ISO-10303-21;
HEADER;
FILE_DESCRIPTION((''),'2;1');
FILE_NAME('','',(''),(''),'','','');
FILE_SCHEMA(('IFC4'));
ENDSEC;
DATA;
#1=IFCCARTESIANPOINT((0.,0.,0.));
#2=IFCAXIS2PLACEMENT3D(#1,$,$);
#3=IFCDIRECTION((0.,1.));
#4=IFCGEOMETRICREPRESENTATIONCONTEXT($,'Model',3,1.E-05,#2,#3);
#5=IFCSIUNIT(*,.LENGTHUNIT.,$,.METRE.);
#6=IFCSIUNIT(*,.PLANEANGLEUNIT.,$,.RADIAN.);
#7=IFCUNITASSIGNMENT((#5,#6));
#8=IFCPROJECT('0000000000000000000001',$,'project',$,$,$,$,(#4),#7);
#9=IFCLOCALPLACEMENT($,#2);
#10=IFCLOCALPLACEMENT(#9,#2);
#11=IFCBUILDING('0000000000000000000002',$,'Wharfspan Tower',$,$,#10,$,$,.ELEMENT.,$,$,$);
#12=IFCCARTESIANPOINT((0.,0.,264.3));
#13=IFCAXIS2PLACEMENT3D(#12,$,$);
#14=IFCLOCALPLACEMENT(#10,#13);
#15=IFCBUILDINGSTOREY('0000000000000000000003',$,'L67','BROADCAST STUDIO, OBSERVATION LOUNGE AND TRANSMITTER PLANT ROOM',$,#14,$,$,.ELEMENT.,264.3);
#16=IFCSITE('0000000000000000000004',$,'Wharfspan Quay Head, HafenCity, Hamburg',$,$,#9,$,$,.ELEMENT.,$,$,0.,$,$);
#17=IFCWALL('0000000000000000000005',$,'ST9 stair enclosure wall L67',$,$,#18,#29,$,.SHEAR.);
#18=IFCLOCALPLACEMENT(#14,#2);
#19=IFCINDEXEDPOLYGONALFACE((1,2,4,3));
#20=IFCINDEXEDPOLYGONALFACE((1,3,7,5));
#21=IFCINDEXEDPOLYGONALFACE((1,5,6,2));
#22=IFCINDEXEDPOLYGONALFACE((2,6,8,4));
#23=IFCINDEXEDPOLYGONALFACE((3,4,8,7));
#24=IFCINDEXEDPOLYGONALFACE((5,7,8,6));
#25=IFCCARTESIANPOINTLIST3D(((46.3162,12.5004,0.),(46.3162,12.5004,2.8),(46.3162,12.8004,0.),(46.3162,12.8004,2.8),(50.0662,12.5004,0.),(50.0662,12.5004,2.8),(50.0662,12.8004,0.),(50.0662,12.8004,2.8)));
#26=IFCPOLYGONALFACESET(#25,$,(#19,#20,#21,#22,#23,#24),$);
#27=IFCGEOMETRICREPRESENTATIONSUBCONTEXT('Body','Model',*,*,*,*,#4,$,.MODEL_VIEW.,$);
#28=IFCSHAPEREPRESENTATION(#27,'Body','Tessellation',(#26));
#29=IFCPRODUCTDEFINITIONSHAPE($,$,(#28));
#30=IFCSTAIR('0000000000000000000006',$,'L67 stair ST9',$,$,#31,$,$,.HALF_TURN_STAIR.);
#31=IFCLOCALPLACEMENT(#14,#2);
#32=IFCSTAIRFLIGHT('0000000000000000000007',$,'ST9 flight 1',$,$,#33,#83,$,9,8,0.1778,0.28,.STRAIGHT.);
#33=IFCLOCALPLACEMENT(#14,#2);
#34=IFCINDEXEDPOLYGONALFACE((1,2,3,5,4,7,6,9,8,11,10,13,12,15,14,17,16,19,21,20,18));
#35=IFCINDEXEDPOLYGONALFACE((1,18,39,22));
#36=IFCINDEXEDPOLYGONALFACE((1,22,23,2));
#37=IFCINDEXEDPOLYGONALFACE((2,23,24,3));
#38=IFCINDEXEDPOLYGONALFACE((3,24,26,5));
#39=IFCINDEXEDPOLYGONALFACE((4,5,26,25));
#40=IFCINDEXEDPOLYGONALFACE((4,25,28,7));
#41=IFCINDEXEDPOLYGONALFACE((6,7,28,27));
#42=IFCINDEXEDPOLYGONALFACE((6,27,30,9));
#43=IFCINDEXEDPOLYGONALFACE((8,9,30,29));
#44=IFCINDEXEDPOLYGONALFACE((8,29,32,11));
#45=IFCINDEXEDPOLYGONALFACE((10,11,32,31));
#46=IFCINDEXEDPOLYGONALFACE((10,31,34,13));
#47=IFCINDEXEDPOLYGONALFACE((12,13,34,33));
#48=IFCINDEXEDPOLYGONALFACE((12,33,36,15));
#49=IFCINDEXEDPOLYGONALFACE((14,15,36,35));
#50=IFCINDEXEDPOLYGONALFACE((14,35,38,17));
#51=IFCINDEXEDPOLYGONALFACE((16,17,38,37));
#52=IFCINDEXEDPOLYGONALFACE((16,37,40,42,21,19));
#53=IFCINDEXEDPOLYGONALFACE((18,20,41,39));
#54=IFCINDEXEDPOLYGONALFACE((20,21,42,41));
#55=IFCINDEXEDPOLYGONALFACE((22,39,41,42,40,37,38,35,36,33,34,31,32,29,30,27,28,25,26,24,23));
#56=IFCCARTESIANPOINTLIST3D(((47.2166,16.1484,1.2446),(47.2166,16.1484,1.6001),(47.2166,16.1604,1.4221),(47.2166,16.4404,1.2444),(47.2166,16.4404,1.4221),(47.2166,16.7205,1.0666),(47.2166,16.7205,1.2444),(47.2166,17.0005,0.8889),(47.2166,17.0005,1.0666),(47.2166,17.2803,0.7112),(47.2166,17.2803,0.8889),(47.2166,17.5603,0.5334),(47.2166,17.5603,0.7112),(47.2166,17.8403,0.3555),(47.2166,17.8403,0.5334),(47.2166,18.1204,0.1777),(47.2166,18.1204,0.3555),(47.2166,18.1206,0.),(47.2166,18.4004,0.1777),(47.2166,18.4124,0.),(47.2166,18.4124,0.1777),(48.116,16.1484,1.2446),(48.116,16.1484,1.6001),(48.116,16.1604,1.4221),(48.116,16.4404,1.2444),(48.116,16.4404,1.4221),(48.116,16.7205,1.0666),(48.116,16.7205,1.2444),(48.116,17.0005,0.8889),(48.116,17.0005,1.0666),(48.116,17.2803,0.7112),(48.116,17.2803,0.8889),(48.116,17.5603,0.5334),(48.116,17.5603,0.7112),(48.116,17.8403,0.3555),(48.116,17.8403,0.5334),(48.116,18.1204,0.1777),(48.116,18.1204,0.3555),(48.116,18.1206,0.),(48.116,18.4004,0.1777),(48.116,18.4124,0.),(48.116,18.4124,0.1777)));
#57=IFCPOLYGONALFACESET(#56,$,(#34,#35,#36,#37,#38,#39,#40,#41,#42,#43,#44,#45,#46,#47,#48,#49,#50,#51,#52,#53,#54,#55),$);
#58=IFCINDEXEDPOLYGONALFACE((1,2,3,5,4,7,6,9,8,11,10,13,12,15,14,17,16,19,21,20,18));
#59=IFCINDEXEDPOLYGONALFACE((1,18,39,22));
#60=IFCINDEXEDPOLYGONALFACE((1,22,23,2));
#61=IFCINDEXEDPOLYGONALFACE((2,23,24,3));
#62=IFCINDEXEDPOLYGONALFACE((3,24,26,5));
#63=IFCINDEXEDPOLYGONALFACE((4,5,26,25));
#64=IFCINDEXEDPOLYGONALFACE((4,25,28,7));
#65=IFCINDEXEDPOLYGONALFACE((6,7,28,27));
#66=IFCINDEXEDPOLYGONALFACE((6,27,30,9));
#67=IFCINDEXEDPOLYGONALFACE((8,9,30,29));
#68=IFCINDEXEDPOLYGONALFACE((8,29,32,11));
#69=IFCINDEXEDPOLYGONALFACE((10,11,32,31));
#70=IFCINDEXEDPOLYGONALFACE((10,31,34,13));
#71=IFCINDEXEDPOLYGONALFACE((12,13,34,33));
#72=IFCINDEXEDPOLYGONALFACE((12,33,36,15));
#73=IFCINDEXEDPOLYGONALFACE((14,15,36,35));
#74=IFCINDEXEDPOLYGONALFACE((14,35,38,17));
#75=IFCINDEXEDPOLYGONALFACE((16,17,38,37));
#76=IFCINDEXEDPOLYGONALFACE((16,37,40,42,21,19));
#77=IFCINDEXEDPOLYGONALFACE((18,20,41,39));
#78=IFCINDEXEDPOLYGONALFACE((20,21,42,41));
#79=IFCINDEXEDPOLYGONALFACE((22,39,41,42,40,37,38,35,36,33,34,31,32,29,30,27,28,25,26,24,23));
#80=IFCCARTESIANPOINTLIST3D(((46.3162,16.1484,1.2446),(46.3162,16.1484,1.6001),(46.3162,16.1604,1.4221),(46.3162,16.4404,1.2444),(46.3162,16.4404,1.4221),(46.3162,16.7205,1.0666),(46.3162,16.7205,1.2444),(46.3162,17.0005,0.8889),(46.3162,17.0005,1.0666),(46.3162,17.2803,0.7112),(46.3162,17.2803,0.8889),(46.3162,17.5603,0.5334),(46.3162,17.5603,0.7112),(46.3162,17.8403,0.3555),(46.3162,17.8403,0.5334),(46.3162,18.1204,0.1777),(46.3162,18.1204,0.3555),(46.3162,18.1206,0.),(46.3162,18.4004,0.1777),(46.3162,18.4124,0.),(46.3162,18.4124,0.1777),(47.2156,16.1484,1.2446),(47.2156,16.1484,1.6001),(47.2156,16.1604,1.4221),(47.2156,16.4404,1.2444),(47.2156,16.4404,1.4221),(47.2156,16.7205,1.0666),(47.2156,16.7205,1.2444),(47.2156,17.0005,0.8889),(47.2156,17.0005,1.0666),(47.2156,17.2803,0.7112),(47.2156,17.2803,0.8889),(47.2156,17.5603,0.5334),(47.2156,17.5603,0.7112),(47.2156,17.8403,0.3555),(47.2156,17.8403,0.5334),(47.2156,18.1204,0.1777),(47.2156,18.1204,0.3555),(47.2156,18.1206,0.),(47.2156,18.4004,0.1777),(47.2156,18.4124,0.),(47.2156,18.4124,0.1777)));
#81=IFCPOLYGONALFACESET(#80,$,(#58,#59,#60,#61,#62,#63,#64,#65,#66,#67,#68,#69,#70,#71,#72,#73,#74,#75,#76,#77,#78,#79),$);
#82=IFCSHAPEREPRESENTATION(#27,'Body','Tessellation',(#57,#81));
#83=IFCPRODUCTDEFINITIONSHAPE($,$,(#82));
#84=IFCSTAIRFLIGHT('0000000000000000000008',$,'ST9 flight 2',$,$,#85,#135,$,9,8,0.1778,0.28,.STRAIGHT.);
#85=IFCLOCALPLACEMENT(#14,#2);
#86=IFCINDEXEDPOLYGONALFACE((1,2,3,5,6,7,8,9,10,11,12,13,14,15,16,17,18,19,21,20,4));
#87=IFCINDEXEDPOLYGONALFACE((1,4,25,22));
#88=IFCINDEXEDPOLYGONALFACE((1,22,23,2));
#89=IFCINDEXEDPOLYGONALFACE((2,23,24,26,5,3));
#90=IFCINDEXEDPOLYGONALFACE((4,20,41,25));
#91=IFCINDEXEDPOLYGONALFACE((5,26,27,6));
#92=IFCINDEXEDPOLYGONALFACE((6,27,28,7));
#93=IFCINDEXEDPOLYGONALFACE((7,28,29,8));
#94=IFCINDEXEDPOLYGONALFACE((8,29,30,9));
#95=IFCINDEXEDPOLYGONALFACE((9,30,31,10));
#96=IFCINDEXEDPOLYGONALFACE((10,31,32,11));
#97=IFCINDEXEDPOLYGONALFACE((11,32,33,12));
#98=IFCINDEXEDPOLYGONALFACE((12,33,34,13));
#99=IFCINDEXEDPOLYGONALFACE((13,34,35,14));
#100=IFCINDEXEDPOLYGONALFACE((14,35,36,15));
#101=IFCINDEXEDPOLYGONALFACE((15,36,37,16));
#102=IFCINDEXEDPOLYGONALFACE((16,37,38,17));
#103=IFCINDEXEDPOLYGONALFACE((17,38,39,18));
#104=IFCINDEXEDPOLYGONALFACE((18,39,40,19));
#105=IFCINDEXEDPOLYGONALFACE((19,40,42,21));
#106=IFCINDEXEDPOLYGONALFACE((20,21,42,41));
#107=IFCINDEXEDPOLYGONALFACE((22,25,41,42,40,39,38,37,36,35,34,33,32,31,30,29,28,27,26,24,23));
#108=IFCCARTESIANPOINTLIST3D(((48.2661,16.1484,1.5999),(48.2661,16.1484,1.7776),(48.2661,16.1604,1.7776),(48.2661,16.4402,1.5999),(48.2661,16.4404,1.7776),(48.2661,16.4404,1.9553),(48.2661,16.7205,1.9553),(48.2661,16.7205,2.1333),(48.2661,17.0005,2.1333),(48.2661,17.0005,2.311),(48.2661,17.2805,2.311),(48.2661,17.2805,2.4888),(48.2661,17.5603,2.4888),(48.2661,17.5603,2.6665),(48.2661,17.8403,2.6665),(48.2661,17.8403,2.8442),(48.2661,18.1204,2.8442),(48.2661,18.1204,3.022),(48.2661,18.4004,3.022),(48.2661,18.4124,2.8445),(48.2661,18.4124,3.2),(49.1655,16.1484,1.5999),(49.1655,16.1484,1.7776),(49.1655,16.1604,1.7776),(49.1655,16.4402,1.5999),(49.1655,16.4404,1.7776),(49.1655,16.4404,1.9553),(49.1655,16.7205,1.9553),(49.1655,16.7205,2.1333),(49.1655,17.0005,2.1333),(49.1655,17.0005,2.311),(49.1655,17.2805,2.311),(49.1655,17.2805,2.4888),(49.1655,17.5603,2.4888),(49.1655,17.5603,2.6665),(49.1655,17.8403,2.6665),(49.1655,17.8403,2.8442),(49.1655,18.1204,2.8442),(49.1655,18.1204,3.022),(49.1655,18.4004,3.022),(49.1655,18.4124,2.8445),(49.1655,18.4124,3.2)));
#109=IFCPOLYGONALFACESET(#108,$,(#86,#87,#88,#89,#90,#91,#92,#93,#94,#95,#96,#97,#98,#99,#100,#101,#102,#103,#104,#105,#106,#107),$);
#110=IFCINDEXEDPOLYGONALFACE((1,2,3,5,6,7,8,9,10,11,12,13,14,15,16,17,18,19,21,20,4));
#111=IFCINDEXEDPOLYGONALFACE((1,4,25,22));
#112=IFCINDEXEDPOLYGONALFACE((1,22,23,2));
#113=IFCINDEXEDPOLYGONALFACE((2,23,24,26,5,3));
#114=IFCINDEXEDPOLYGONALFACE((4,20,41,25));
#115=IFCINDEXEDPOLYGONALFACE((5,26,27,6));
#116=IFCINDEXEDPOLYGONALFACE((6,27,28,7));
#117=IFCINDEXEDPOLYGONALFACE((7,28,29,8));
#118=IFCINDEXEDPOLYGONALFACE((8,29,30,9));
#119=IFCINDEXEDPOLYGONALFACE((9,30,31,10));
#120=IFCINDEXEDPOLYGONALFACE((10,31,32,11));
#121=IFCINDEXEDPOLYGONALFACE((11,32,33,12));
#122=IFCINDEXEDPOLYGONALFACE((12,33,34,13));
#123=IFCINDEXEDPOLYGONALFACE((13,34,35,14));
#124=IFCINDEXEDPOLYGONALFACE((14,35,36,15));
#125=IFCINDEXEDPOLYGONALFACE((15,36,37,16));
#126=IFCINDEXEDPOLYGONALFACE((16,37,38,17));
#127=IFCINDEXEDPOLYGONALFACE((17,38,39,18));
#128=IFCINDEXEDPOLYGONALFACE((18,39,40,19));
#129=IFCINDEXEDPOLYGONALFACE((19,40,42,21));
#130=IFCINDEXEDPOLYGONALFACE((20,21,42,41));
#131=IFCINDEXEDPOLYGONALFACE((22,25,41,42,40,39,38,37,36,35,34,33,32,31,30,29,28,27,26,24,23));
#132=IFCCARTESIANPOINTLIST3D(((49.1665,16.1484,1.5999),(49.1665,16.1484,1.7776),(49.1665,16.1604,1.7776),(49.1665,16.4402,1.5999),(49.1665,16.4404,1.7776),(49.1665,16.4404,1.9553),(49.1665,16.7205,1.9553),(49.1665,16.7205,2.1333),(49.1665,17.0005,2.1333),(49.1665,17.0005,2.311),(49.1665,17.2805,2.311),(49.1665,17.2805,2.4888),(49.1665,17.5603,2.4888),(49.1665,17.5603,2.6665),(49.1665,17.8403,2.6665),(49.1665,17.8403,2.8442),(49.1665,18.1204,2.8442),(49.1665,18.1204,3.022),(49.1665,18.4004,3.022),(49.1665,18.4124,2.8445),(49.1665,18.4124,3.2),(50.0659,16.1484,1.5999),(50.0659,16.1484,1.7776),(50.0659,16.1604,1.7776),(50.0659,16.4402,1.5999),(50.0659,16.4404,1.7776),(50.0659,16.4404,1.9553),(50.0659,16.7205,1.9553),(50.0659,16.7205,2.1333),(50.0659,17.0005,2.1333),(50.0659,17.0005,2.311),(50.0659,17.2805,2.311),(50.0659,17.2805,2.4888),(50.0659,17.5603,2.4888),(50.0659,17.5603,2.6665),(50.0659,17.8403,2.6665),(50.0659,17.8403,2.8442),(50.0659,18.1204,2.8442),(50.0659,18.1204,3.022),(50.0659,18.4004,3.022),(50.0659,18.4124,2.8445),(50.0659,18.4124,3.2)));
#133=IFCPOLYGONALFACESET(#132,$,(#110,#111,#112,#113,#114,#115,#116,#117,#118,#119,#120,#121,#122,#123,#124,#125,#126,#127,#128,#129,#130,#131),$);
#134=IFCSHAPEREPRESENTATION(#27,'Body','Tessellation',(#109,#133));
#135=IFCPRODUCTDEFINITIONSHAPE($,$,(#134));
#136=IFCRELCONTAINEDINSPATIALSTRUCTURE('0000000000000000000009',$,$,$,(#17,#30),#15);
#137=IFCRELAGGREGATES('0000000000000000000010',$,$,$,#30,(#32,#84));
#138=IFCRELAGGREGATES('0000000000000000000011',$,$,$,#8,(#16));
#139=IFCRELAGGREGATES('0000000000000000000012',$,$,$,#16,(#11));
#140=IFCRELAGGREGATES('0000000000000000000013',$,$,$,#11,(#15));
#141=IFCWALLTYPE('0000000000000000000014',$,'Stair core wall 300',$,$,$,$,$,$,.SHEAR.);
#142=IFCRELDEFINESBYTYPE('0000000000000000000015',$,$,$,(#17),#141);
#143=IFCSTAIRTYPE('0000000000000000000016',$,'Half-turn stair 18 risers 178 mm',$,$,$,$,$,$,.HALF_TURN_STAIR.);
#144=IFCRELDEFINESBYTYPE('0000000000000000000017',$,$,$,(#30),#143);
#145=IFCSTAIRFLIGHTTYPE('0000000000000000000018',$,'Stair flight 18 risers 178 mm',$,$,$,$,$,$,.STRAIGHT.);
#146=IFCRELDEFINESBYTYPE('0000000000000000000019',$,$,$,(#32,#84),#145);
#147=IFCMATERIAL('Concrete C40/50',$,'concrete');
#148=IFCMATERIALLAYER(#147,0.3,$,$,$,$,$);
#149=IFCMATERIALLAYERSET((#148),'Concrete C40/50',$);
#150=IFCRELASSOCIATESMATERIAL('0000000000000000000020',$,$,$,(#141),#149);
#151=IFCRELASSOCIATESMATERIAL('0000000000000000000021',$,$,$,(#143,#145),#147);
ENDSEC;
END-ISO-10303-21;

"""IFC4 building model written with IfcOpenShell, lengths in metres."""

from ifc_helpers import new_model, si_unit, direction, frame, frame_2d, origin, place, context, subcontext, project, spatial, polyline, rectangle, outline, extrude, material, layer, layer_set, type_object, element, aggregate, save


model = new_model("IFC4")

# Units and contexts
model_context = context("Model", 3, precision=1e-05, world=origin(), true_north=direction((0.0, 1.0)))
body_context = subcontext(model_context, "Body", "Model", "MODEL_VIEW")
ifc_project = project(units=[si_unit("LENGTHUNIT", "METRE"), si_unit("PLANEANGLEUNIT", "RADIAN")], contexts=[model_context])

# Site, building, storey
site_placement = place(None, origin())
site = spatial("IfcSite", under=ifc_project, at=site_placement, Name="Wharfspan Quay Head, HafenCity, Hamburg", CompositionType="ELEMENT", RefElevation=0.0)
building_placement = place(site_placement, origin())
building = spatial("IfcBuilding", under=site, at=building_placement, Name="Wharfspan Tower", CompositionType="ELEMENT")
storey_placement = place(building_placement, frame((0.0, 0.0, 264.3)))
storey = spatial("IfcBuildingStorey", under=building, at=storey_placement, Name="L67", Description="BROADCAST STUDIO, OBSERVATION LOUNGE AND TRANSMITTER PLANT ROOM", CompositionType="ELEMENT", Elevation=264.3)

# Wall
ifc_material_1 = material(Name="Concrete C40/50", Category="concrete")
ifc_layer_1 = layer(ifc_material_1, 0.3)
ifc_layer_set_1 = layer_set([ifc_layer_1], Name="Concrete C40/50")
wall_type = type_object("IfcWallType", Name="Stair core wall 300", PredefinedType="SHEAR", material=ifc_layer_set_1)
wall_1_placement = place(storey_placement, frame((46.3162, 12.6504, 0.0), z_axis=(0.0, 0.0, 1.0), x_axis=(1.0, 0.0, 0.0)))
element("IfcWall", 1, at=wall_1_placement, inside=storey, type_object=wall_type, Name="ST9 stair enclosure wall L67", PredefinedType="SHEAR", context=body_context, shape_type="SweptSolid", body=[
    extrude(rectangle(XDim=3.75, YDim=0.3, at=frame_2d((1.875, 0.0))), origin(), (0.0, 0.0, 1.0), 2.8),
])

# Stair, stair flights
stair_type = type_object("IfcStairType", Name="Half-turn stair 18 risers 178 mm", PredefinedType="HALF_TURN_STAIR", material=ifc_material_1)
stair_placement = place(storey_placement, origin())
stair = element("IfcStair", 2, at=stair_placement, inside=storey, type_object=stair_type, Name="L67 stair ST9", PredefinedType="HALF_TURN_STAIR")
stair_flight_type = type_object("IfcStairFlightType", Name="Stair flight 18 risers 178 mm", PredefinedType="STRAIGHT", material=ifc_material_1)
stair_flight_1_placement = place(storey_placement, frame((47.2161, 18.4004, 0.0), z_axis=(0.0, 0.0, 1.0), x_axis=(0.0, -1.0, 0.0)))
stair_flight_1 = element("IfcStairFlight", 3, at=stair_flight_1_placement, type_object=stair_flight_type, Name="ST9 flight 1", NumberOfRisers=9, NumberOfTreads=8, PredefinedType="STRAIGHT", RiserHeight=0.1778, TreadLength=0.28, context=body_context, shape_type="SweptSolid", body=[
    extrude(outline(polyline([(-0.012, 0.0), (-0.012, 0.1777), (0.0, 0.1777), (0.28, 0.1777), (0.28, 0.3555), (0.5601, 0.3555), (0.5601, 0.5334), (0.8401, 0.5334), (0.8401, 0.7112), (1.1201, 0.7112), (1.1201, 0.8889), (1.3999, 0.8889), (1.3999, 1.0667), (1.6799, 1.0667), (1.6799, 1.2444), (1.96, 1.2444), (1.96, 1.4221), (2.24, 1.4221), (2.252, 1.6001), (2.252, 1.2446), (0.2798, 0.0), (-0.012, 0.0)])), frame((0.0, 0.8999, 0.0), z_axis=(0.0, -1.0, 0.0), x_axis=(1.0, 0.0, 0.0)), (0.0, 0.0, 1.0), 0.8994),
    extrude(outline(polyline([(-0.012, 0.0), (-0.012, 0.1777), (0.0, 0.1777), (0.28, 0.1777), (0.28, 0.3555), (0.5601, 0.3555), (0.5601, 0.5334), (0.8401, 0.5334), (0.8401, 0.7112), (1.1201, 0.7112), (1.1201, 0.8889), (1.3999, 0.8889), (1.3999, 1.0667), (1.6799, 1.0667), (1.6799, 1.2444), (1.96, 1.2444), (1.96, 1.4221), (2.24, 1.4221), (2.252, 1.6001), (2.252, 1.2446), (0.2798, 0.0), (-0.012, 0.0)])), frame((0.0, -0.0005, 0.0), z_axis=(0.0, -1.0, 0.0), x_axis=(1.0, 0.0, 0.0)), (0.0, 0.0, 1.0), 0.8994),
])
stair_flight_2_placement = place(storey_placement, frame((49.166, 16.1604, 1.5999), z_axis=(0.0, 0.0, 1.0), x_axis=(0.0, 1.0, 0.0)))
stair_flight_2 = element("IfcStairFlight", 4, at=stair_flight_2_placement, type_object=stair_flight_type, Name="ST9 flight 2", NumberOfRisers=9, NumberOfTreads=8, PredefinedType="STRAIGHT", RiserHeight=0.1778, TreadLength=0.28, context=body_context, shape_type="SweptSolid", body=[
    extrude(outline(polyline([(-0.012, 0.0), (-0.012, 0.1777), (0.0, 0.1777), (0.28, 0.1777), (0.28, 0.3555), (0.5601, 0.3555), (0.5601, 0.5334), (0.8401, 0.5334), (0.8401, 0.7112), (1.1201, 0.7112), (1.1201, 0.8889), (1.3999, 0.8889), (1.3999, 1.0667), (1.6799, 1.0667), (1.6799, 1.2444), (1.96, 1.2444), (1.96, 1.4221), (2.24, 1.4221), (2.252, 1.6001), (2.252, 1.2446), (0.2798, 0.0), (-0.012, 0.0)])), frame((0.0, 0.8999, 0.0), z_axis=(0.0, -1.0, 0.0), x_axis=(1.0, 0.0, 0.0)), (0.0, 0.0, 1.0), 0.8994),
    extrude(outline(polyline([(-0.012, 0.0), (-0.012, 0.1777), (0.0, 0.1777), (0.28, 0.1777), (0.28, 0.3555), (0.5601, 0.3555), (0.5601, 0.5334), (0.8401, 0.5334), (0.8401, 0.7112), (1.1201, 0.7112), (1.1201, 0.8889), (1.3999, 0.8889), (1.3999, 1.0667), (1.6799, 1.0667), (1.6799, 1.2444), (1.96, 1.2444), (1.96, 1.4221), (2.24, 1.4221), (2.252, 1.6001), (2.252, 1.2446), (0.2798, 0.0), (-0.012, 0.0)])), frame((0.0, -0.0005, 0.0), z_axis=(0.0, -1.0, 0.0), x_axis=(1.0, 0.0, 0.0)), (0.0, 0.0, 1.0), 0.8994),
])
aggregate(stair, [stair_flight_1, stair_flight_2])

save(model, "model.ifc")
